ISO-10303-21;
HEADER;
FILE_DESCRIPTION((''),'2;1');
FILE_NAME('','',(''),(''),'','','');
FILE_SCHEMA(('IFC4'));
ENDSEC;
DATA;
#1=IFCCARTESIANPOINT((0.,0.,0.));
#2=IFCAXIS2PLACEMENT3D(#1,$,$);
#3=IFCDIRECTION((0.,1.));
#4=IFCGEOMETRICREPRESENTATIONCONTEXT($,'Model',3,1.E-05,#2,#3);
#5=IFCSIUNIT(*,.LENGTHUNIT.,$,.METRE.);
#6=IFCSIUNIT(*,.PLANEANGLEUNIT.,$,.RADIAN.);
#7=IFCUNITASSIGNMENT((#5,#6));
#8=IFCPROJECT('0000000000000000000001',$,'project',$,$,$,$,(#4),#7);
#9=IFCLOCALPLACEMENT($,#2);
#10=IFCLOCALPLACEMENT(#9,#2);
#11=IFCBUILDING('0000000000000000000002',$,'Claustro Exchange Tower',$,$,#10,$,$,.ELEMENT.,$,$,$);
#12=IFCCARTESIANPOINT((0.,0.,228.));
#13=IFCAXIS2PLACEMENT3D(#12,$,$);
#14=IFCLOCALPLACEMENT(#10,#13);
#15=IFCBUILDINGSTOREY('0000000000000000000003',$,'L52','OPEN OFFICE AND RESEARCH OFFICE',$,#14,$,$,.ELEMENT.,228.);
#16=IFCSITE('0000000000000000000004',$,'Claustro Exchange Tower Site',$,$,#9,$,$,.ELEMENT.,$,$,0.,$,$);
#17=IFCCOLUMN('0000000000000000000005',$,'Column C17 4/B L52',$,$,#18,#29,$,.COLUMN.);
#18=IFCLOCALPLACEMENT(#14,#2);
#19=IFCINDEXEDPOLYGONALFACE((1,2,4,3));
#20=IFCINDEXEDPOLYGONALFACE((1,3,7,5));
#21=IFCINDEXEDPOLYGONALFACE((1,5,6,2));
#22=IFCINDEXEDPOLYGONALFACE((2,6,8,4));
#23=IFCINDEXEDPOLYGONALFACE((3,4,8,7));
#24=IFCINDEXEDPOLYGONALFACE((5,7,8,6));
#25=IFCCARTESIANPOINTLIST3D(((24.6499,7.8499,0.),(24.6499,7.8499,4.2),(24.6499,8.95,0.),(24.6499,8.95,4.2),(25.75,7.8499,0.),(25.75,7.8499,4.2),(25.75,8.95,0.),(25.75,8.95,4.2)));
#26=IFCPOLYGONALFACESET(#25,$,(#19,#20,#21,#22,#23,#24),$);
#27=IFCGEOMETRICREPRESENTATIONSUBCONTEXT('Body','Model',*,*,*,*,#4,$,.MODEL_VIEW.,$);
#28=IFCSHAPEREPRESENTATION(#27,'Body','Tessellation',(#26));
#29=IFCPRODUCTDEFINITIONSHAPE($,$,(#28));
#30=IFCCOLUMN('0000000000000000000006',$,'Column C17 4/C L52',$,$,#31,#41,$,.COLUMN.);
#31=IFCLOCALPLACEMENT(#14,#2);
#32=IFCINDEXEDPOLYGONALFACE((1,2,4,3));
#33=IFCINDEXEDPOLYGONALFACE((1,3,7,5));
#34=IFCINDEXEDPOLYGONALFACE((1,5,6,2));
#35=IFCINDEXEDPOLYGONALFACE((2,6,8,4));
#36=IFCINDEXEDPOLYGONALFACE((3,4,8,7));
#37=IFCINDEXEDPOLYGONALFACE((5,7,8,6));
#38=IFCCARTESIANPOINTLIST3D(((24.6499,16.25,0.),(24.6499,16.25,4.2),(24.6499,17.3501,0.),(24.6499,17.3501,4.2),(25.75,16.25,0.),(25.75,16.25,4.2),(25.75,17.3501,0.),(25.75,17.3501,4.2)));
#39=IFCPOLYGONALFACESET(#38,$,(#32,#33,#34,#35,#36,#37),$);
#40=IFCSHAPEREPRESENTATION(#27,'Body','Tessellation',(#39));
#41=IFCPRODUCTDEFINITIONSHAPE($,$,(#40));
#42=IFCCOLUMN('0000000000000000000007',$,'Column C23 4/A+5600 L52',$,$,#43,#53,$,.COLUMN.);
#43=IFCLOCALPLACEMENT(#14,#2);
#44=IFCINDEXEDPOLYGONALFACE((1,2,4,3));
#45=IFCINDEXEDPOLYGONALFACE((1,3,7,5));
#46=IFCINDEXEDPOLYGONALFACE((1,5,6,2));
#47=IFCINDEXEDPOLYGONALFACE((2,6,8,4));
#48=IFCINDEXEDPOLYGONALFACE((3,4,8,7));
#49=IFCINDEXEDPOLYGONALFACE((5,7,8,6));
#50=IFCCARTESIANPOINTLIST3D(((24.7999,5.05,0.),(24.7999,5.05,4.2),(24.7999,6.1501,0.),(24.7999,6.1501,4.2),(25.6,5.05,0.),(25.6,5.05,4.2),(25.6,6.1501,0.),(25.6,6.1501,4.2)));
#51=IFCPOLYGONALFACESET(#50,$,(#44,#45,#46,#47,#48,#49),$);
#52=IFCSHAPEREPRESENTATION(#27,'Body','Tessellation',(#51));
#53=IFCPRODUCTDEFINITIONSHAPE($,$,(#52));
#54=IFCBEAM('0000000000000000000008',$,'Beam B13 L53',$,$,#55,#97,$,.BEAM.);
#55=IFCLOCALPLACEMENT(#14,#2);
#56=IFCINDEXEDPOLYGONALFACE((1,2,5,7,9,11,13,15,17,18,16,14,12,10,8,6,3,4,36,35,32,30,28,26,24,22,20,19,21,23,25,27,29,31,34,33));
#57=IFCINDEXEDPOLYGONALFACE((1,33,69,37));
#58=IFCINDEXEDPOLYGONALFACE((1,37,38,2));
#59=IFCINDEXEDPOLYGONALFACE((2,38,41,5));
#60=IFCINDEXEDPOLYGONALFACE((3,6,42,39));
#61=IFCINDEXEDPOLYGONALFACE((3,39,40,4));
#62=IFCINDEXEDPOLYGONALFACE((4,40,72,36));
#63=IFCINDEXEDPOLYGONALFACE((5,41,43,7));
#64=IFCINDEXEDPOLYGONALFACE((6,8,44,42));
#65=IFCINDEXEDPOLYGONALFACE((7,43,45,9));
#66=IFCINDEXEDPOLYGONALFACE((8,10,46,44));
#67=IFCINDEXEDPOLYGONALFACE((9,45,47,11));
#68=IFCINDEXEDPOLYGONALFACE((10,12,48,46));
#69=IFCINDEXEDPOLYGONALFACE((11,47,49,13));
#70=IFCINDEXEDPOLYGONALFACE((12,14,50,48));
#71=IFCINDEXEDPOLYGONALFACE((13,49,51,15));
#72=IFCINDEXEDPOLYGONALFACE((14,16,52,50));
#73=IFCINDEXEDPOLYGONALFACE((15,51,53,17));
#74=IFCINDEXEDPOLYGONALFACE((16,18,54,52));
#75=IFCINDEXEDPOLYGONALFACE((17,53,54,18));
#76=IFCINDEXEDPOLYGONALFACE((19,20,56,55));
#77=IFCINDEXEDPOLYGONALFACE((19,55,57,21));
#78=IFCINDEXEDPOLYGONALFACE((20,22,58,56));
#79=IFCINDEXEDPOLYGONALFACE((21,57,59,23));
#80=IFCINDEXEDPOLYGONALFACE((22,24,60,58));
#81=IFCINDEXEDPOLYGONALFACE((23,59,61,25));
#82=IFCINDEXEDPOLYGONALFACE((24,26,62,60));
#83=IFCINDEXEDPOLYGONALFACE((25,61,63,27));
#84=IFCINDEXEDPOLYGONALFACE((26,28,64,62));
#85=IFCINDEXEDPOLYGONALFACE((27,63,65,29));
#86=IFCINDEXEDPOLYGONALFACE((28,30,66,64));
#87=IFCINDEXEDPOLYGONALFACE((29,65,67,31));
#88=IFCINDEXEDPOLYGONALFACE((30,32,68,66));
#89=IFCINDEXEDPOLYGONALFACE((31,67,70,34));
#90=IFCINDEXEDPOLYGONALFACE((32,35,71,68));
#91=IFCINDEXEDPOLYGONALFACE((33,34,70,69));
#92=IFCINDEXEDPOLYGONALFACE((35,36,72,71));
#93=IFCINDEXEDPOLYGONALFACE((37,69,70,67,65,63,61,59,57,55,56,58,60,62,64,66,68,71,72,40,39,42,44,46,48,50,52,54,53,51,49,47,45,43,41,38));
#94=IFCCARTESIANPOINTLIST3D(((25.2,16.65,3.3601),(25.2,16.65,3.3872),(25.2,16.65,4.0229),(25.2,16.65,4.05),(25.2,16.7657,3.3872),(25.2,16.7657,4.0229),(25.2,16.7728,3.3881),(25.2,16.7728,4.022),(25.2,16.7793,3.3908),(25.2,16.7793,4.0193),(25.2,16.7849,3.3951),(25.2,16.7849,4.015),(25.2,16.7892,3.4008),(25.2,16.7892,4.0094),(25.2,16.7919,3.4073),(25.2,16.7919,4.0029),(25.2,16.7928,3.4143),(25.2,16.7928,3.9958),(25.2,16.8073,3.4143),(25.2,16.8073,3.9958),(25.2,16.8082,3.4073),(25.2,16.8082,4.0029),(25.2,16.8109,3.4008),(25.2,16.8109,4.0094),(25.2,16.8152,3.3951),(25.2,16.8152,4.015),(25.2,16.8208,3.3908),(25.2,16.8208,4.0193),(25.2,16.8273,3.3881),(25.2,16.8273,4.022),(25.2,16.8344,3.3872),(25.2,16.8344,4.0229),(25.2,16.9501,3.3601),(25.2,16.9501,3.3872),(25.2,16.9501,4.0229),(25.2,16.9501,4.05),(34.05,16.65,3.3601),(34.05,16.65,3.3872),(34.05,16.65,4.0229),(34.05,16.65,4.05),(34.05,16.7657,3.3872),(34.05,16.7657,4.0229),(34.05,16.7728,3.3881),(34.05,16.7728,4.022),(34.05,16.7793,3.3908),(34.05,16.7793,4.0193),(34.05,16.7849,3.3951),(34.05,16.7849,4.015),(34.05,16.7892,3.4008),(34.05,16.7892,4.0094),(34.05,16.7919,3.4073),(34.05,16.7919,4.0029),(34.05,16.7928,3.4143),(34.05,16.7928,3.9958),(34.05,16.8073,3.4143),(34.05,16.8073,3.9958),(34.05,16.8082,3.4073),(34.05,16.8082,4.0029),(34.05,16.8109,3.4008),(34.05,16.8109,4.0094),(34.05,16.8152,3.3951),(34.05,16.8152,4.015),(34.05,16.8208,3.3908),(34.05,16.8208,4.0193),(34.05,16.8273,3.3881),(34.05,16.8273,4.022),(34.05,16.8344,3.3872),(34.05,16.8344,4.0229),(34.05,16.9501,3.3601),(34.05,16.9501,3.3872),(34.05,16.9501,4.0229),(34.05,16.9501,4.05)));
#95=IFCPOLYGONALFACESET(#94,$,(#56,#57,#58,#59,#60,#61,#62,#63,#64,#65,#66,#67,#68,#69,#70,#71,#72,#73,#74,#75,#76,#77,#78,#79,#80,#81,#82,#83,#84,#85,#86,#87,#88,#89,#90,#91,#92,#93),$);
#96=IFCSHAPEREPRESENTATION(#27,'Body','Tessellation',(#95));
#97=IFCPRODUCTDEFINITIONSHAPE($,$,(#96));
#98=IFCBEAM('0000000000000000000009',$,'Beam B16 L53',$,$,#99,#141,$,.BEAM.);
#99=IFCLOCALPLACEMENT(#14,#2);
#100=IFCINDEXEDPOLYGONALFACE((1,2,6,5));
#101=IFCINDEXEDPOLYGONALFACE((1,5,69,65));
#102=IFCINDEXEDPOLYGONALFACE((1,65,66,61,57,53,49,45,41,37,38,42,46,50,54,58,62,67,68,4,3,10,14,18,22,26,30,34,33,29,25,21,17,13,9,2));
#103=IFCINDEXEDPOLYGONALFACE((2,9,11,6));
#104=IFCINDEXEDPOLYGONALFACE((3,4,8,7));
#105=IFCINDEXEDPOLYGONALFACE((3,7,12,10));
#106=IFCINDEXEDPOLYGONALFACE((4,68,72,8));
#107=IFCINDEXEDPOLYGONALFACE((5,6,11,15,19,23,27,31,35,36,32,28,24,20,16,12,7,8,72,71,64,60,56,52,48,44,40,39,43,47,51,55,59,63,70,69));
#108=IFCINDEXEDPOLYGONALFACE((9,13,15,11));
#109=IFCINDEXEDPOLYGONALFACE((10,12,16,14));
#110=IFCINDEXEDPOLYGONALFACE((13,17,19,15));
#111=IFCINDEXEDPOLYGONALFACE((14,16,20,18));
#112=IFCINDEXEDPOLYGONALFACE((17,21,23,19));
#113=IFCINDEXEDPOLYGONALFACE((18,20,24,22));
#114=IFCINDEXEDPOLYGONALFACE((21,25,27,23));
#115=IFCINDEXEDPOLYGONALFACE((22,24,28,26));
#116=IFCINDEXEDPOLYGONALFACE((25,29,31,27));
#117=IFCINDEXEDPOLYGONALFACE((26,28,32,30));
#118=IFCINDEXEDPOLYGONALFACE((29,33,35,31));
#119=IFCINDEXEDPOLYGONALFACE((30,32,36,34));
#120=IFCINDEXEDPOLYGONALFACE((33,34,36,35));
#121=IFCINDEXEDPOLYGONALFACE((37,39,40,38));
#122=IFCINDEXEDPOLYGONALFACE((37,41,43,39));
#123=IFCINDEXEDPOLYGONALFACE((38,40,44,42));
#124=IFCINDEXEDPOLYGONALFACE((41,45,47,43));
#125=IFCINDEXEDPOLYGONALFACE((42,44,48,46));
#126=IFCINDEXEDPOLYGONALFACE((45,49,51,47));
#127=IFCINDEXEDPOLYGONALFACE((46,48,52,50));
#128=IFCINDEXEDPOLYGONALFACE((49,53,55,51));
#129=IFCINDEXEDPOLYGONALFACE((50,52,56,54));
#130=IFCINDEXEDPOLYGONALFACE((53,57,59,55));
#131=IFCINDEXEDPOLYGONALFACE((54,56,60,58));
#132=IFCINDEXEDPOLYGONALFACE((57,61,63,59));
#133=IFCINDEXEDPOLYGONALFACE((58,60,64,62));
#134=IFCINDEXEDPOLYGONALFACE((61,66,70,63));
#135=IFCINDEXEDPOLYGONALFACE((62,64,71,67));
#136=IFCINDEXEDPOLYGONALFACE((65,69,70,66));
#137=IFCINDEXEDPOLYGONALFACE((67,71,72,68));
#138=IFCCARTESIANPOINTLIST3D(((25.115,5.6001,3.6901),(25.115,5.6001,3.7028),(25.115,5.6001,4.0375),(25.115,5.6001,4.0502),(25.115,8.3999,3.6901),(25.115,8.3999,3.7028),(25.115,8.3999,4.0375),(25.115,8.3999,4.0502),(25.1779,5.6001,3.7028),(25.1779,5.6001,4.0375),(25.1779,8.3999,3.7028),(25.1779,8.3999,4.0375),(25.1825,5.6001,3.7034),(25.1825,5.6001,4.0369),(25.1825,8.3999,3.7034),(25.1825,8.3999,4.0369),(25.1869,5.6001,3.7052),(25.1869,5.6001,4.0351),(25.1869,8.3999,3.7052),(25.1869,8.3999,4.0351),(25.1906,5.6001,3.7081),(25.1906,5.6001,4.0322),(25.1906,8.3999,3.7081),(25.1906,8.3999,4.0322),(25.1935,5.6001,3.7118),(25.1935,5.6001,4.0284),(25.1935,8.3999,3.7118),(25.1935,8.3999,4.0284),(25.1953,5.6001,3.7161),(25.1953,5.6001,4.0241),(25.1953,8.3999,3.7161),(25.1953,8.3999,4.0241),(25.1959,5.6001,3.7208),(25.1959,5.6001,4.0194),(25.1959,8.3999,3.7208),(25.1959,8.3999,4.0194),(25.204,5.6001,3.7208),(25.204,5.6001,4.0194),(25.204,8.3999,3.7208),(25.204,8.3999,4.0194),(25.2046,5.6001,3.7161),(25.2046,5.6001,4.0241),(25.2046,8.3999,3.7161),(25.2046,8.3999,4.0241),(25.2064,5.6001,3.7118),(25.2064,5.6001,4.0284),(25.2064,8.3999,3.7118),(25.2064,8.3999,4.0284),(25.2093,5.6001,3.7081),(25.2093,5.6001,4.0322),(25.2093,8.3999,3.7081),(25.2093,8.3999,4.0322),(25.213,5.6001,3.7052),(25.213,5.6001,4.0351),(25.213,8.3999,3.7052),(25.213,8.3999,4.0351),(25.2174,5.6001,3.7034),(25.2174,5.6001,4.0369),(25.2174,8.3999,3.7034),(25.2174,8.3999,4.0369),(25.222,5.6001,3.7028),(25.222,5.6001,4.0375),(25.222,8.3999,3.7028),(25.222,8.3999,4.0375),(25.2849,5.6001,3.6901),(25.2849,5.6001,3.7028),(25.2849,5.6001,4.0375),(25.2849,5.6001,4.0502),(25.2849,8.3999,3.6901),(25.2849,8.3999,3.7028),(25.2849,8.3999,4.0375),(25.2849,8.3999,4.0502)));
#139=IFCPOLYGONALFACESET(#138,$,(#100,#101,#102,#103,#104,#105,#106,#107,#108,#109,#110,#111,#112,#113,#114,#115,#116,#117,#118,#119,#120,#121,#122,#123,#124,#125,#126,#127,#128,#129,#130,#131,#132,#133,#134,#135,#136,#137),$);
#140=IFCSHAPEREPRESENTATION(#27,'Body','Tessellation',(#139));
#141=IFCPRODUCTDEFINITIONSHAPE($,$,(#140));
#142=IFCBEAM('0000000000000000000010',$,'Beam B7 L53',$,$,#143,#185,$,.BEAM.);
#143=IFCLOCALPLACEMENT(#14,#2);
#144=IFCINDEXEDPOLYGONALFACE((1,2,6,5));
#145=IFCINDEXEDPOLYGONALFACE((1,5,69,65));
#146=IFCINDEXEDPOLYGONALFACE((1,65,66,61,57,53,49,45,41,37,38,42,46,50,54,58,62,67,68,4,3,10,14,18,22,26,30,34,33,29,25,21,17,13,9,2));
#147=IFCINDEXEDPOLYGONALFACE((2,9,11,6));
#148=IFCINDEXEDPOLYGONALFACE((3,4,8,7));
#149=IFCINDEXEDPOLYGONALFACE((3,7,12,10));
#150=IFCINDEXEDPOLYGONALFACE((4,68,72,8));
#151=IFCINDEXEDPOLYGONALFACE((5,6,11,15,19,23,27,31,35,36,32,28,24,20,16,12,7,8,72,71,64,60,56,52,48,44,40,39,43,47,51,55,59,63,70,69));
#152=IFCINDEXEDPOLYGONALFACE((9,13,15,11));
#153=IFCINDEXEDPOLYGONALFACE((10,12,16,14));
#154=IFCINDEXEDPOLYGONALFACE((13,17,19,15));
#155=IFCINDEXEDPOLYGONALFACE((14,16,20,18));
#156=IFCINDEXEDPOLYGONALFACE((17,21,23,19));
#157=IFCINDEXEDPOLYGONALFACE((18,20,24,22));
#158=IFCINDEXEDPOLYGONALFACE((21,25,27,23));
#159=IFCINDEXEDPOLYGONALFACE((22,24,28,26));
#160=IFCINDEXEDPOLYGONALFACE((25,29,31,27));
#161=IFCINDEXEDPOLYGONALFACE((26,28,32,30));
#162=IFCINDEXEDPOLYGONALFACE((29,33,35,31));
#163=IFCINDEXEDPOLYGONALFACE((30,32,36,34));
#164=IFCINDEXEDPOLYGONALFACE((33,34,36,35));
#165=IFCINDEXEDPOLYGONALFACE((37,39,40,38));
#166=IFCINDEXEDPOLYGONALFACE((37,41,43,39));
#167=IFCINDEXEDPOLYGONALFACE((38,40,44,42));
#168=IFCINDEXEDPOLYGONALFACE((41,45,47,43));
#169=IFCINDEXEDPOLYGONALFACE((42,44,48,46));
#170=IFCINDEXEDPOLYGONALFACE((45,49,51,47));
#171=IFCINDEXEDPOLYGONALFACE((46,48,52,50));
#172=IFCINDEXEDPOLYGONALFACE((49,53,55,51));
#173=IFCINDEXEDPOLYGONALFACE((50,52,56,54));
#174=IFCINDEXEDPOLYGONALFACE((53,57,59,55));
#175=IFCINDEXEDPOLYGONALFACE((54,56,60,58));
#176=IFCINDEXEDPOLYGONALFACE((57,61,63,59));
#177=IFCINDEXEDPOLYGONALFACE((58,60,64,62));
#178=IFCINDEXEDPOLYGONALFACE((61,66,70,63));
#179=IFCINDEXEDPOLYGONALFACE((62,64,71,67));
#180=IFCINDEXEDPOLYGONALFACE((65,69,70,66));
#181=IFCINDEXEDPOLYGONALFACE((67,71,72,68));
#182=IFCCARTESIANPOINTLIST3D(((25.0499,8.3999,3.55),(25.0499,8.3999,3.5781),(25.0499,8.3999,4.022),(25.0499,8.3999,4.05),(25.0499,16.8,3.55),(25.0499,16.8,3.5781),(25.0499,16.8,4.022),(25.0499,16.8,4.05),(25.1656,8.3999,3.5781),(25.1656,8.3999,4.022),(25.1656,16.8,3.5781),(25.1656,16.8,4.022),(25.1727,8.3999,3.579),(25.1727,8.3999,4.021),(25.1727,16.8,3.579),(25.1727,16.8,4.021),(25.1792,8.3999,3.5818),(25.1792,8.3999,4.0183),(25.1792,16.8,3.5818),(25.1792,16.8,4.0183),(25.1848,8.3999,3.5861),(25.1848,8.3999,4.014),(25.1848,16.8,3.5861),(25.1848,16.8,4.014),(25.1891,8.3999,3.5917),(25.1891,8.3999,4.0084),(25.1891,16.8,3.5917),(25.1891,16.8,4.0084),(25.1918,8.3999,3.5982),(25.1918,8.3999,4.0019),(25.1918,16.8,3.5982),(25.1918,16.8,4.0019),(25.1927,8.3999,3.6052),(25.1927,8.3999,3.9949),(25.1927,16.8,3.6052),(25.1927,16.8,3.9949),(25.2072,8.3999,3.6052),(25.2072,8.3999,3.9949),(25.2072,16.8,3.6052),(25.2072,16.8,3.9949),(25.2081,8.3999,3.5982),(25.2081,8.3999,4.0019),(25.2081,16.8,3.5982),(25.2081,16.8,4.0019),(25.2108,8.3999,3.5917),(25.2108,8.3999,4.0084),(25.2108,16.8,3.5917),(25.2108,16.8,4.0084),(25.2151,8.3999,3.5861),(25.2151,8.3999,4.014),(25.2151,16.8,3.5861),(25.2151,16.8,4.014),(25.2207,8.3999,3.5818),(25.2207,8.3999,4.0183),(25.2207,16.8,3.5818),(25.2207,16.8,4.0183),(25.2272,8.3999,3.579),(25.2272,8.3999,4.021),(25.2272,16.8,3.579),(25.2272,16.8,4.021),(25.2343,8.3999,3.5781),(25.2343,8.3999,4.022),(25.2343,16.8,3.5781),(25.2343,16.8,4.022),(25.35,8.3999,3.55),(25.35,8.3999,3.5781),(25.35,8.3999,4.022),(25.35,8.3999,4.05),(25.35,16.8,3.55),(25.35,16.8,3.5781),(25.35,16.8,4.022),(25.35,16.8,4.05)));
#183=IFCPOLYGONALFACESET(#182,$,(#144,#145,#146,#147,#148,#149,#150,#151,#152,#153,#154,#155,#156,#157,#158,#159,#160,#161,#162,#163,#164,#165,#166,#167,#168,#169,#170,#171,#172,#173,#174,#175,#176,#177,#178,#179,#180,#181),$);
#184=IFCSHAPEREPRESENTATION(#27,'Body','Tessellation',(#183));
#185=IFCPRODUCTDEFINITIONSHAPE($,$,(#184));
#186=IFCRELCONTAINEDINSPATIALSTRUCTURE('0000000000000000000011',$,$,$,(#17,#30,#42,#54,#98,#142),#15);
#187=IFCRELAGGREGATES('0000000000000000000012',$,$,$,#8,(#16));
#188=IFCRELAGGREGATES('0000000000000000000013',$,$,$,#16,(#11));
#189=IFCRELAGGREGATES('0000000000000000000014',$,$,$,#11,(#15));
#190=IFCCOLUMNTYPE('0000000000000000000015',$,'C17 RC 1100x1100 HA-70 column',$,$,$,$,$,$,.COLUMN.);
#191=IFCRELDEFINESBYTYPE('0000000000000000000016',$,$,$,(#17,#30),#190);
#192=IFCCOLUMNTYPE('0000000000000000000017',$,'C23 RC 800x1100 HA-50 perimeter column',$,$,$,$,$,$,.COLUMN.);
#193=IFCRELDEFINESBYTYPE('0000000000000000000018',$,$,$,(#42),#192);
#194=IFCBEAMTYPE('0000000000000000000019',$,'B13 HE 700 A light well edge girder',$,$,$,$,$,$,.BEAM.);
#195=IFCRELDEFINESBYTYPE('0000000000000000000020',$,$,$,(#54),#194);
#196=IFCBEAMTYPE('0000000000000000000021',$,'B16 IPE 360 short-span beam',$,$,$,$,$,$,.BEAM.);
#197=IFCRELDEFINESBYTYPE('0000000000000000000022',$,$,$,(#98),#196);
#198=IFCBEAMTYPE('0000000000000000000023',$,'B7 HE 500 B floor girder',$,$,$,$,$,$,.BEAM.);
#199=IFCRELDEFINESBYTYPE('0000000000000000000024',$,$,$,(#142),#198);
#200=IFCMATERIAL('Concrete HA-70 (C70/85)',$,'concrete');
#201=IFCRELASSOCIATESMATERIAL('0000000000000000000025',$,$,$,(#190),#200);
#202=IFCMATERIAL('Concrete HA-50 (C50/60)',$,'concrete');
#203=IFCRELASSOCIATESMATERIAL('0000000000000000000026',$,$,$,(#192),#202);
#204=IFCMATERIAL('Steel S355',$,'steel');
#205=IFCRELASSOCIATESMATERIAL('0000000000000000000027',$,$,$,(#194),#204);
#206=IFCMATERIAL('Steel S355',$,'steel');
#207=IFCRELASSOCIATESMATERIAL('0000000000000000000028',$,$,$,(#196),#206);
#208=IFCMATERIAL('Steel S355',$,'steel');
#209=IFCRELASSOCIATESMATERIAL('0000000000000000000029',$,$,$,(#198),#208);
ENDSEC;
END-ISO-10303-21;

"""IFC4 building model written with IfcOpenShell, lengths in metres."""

from ifc_helpers import new_model, si_unit, direction, frame, origin, origin_2d, place, context, subcontext, project, spatial, rectangle, i_section, extrude, material, material_profile, profile_set, type_object, element, save


model = new_model("IFC4")

# Units and contexts
model_context = context("Model", 3, precision=1e-05, world=origin(), true_north=direction((0.0, 1.0)))
body_context = subcontext(model_context, "Body", "Model", "MODEL_VIEW")
ifc_project = project(units=[si_unit("LENGTHUNIT", "METRE"), si_unit("PLANEANGLEUNIT", "RADIAN")], contexts=[model_context])

# Site, building, storey
site_placement = place(None, origin())
site = spatial("IfcSite", under=ifc_project, at=site_placement, Name="Claustro Exchange Tower Site", CompositionType="ELEMENT", RefElevation=0.0)
building_placement = place(site_placement, origin())
building = spatial("IfcBuilding", under=site, at=building_placement, Name="Claustro Exchange Tower", CompositionType="ELEMENT")
storey_placement = place(building_placement, frame((0.0, 0.0, 228.0)))
storey = spatial("IfcBuildingStorey", under=building, at=storey_placement, Name="L52", Description="OPEN OFFICE AND RESEARCH OFFICE", CompositionType="ELEMENT", Elevation=228.0)

# Columns
ifc_material_1 = material(Name="Concrete HA-70 (C70/85)", Category="concrete")
ifc_material_profile_1 = material_profile(ifc_material_1, rectangle(XDim=1.1001, YDim=1.1001, at=origin_2d()), Name="RC 1100x1100")
ifc_profile_set_1 = profile_set([ifc_material_profile_1], Name="Concrete HA-70 (C70/85)")
column_type_1 = type_object("IfcColumnType", Name="C17 RC 1100x1100 HA-70 column", PredefinedType="COLUMN", material=ifc_profile_set_1)
for number, where, z_axis, x_axis, name in (
    (1, (25.2, 8.3999, 0.0), (0.0, 0.0, 1.0), (1.0, 0.0, 0.0), "Column C17 4/B L52"),
    (2, (25.2, 16.8, 0.0), (0.0, 0.0, 1.0), (1.0, 0.0, 0.0), "Column C17 4/C L52"),
):
    element("IfcColumn", number, at=place(storey_placement, frame(where, z_axis=z_axis, x_axis=x_axis)), inside=storey, type_object=column_type_1, Name=name, PredefinedType="COLUMN", context=body_context, shape_type="SweptSolid", body=[
        extrude(rectangle(XDim=1.1001, YDim=1.1001, at=origin_2d()), origin(), (0.0, 0.0, 1.0), 4.2),
    ])
ifc_material_2 = material(Name="Concrete HA-50 (C50/60)", Category="concrete")
ifc_material_profile_2 = material_profile(ifc_material_2, rectangle(XDim=0.8, YDim=1.1001, at=origin_2d()), Name="RC 800x1100")
ifc_profile_set_2 = profile_set([ifc_material_profile_2], Name="Concrete HA-50 (C50/60)")
column_type_2 = type_object("IfcColumnType", Name="C23 RC 800x1100 HA-50 perimeter column", PredefinedType="COLUMN", material=ifc_profile_set_2)
column_placement = place(storey_placement, frame((25.2, 5.6001, 0.0), z_axis=(0.0, 0.0, 1.0), x_axis=(1.0, 0.0, 0.0)))
element("IfcColumn", 3, at=column_placement, inside=storey, type_object=column_type_2, Name="Column C23 4/A+5600 L52", PredefinedType="COLUMN", context=body_context, shape_type="SweptSolid", body=[
    extrude(rectangle(XDim=0.8, YDim=1.1001, at=origin_2d()), origin(), (0.0, 0.0, 1.0), 4.2),
])

# Beams
ifc_material_3 = material(Name="Steel S355", Category="steel")
ifc_material_profile_3 = material_profile(ifc_material_3, i_section(OverallWidth=0.3, OverallDepth=0.6899, WebThickness=0.0144, FlangeThickness=0.0271, FilletRadius=0.0271, at=origin_2d()), Name="HE 700 A")
ifc_profile_set_3 = profile_set([ifc_material_profile_3], Name="Steel S355")
beam_type_1 = type_object("IfcBeamType", Name="B13 HE 700 A light well edge girder", PredefinedType="BEAM", material=ifc_profile_set_3)
beam_1_placement = place(storey_placement, frame((25.2, 16.8, 3.7051), z_axis=(1.0, 0.0, 0.0), x_axis=(0.0, 1.0, 0.0)))
element("IfcBeam", 4, at=beam_1_placement, inside=storey, type_object=beam_type_1, Name="Beam B13 L53", PredefinedType="BEAM", context=body_context, shape_type="SweptSolid", body=[
    extrude(i_section(OverallWidth=0.3, OverallDepth=0.6899, WebThickness=0.0144, FlangeThickness=0.0271, FilletRadius=0.0271, at=origin_2d()), origin(), (0.0, 0.0, 1.0), 8.8501),
])
ifc_material_4 = material(Name="Steel S355", Category="steel")
ifc_material_profile_4 = material_profile(ifc_material_4, i_section(OverallWidth=0.1699, OverallDepth=0.3601, WebThickness=0.0081, FlangeThickness=0.0127, FilletRadius=0.0181, at=origin_2d()), Name="IPE 360")
ifc_profile_set_4 = profile_set([ifc_material_profile_4], Name="Steel S355")
beam_type_2 = type_object("IfcBeamType", Name="B16 IPE 360 short-span beam", PredefinedType="BEAM", material=ifc_profile_set_4)
beam_2_placement = place(storey_placement, frame((25.2, 5.6001, 3.8701), z_axis=(0.0, 1.0, 0.0), x_axis=(-1.0, 0.0, 0.0)))
element("IfcBeam", 5, at=beam_2_placement, inside=storey, type_object=beam_type_2, Name="Beam B16 L53", PredefinedType="BEAM", context=body_context, shape_type="SweptSolid", body=[
    extrude(i_section(OverallWidth=0.1699, OverallDepth=0.3601, WebThickness=0.0081, FlangeThickness=0.0127, FilletRadius=0.0181, at=origin_2d()), origin(), (0.0, 0.0, 1.0), 2.7998),
])
ifc_material_5 = material(Name="Steel S355", Category="steel")
ifc_material_profile_5 = material_profile(ifc_material_5, i_section(OverallWidth=0.3, OverallDepth=0.5, WebThickness=0.0144, FlangeThickness=0.0281, FilletRadius=0.0271, at=origin_2d()), Name="HE 500 B")
ifc_profile_set_5 = profile_set([ifc_material_profile_5], Name="Steel S355")
beam_type_3 = type_object("IfcBeamType", Name="B7 HE 500 B floor girder", PredefinedType="BEAM", material=ifc_profile_set_5)
for number, where, z_axis, x_axis, name in (
    (6, (25.2, 8.3999, 3.8), (0.0, 1.0, 0.0), (-1.0, 0.0, 0.0), "Beam B7 L53"),
):
    element("IfcBeam", number, at=place(storey_placement, frame(where, z_axis=z_axis, x_axis=x_axis)), inside=storey, type_object=beam_type_3, Name=name, PredefinedType="BEAM", context=body_context, shape_type="SweptSolid", body=[
        extrude(i_section(OverallWidth=0.3, OverallDepth=0.5, WebThickness=0.0144, FlangeThickness=0.0281, FilletRadius=0.0271, at=origin_2d()), origin(), (0.0, 0.0, 1.0), 8.4001),
    ])

save(model, "model.ifc")
